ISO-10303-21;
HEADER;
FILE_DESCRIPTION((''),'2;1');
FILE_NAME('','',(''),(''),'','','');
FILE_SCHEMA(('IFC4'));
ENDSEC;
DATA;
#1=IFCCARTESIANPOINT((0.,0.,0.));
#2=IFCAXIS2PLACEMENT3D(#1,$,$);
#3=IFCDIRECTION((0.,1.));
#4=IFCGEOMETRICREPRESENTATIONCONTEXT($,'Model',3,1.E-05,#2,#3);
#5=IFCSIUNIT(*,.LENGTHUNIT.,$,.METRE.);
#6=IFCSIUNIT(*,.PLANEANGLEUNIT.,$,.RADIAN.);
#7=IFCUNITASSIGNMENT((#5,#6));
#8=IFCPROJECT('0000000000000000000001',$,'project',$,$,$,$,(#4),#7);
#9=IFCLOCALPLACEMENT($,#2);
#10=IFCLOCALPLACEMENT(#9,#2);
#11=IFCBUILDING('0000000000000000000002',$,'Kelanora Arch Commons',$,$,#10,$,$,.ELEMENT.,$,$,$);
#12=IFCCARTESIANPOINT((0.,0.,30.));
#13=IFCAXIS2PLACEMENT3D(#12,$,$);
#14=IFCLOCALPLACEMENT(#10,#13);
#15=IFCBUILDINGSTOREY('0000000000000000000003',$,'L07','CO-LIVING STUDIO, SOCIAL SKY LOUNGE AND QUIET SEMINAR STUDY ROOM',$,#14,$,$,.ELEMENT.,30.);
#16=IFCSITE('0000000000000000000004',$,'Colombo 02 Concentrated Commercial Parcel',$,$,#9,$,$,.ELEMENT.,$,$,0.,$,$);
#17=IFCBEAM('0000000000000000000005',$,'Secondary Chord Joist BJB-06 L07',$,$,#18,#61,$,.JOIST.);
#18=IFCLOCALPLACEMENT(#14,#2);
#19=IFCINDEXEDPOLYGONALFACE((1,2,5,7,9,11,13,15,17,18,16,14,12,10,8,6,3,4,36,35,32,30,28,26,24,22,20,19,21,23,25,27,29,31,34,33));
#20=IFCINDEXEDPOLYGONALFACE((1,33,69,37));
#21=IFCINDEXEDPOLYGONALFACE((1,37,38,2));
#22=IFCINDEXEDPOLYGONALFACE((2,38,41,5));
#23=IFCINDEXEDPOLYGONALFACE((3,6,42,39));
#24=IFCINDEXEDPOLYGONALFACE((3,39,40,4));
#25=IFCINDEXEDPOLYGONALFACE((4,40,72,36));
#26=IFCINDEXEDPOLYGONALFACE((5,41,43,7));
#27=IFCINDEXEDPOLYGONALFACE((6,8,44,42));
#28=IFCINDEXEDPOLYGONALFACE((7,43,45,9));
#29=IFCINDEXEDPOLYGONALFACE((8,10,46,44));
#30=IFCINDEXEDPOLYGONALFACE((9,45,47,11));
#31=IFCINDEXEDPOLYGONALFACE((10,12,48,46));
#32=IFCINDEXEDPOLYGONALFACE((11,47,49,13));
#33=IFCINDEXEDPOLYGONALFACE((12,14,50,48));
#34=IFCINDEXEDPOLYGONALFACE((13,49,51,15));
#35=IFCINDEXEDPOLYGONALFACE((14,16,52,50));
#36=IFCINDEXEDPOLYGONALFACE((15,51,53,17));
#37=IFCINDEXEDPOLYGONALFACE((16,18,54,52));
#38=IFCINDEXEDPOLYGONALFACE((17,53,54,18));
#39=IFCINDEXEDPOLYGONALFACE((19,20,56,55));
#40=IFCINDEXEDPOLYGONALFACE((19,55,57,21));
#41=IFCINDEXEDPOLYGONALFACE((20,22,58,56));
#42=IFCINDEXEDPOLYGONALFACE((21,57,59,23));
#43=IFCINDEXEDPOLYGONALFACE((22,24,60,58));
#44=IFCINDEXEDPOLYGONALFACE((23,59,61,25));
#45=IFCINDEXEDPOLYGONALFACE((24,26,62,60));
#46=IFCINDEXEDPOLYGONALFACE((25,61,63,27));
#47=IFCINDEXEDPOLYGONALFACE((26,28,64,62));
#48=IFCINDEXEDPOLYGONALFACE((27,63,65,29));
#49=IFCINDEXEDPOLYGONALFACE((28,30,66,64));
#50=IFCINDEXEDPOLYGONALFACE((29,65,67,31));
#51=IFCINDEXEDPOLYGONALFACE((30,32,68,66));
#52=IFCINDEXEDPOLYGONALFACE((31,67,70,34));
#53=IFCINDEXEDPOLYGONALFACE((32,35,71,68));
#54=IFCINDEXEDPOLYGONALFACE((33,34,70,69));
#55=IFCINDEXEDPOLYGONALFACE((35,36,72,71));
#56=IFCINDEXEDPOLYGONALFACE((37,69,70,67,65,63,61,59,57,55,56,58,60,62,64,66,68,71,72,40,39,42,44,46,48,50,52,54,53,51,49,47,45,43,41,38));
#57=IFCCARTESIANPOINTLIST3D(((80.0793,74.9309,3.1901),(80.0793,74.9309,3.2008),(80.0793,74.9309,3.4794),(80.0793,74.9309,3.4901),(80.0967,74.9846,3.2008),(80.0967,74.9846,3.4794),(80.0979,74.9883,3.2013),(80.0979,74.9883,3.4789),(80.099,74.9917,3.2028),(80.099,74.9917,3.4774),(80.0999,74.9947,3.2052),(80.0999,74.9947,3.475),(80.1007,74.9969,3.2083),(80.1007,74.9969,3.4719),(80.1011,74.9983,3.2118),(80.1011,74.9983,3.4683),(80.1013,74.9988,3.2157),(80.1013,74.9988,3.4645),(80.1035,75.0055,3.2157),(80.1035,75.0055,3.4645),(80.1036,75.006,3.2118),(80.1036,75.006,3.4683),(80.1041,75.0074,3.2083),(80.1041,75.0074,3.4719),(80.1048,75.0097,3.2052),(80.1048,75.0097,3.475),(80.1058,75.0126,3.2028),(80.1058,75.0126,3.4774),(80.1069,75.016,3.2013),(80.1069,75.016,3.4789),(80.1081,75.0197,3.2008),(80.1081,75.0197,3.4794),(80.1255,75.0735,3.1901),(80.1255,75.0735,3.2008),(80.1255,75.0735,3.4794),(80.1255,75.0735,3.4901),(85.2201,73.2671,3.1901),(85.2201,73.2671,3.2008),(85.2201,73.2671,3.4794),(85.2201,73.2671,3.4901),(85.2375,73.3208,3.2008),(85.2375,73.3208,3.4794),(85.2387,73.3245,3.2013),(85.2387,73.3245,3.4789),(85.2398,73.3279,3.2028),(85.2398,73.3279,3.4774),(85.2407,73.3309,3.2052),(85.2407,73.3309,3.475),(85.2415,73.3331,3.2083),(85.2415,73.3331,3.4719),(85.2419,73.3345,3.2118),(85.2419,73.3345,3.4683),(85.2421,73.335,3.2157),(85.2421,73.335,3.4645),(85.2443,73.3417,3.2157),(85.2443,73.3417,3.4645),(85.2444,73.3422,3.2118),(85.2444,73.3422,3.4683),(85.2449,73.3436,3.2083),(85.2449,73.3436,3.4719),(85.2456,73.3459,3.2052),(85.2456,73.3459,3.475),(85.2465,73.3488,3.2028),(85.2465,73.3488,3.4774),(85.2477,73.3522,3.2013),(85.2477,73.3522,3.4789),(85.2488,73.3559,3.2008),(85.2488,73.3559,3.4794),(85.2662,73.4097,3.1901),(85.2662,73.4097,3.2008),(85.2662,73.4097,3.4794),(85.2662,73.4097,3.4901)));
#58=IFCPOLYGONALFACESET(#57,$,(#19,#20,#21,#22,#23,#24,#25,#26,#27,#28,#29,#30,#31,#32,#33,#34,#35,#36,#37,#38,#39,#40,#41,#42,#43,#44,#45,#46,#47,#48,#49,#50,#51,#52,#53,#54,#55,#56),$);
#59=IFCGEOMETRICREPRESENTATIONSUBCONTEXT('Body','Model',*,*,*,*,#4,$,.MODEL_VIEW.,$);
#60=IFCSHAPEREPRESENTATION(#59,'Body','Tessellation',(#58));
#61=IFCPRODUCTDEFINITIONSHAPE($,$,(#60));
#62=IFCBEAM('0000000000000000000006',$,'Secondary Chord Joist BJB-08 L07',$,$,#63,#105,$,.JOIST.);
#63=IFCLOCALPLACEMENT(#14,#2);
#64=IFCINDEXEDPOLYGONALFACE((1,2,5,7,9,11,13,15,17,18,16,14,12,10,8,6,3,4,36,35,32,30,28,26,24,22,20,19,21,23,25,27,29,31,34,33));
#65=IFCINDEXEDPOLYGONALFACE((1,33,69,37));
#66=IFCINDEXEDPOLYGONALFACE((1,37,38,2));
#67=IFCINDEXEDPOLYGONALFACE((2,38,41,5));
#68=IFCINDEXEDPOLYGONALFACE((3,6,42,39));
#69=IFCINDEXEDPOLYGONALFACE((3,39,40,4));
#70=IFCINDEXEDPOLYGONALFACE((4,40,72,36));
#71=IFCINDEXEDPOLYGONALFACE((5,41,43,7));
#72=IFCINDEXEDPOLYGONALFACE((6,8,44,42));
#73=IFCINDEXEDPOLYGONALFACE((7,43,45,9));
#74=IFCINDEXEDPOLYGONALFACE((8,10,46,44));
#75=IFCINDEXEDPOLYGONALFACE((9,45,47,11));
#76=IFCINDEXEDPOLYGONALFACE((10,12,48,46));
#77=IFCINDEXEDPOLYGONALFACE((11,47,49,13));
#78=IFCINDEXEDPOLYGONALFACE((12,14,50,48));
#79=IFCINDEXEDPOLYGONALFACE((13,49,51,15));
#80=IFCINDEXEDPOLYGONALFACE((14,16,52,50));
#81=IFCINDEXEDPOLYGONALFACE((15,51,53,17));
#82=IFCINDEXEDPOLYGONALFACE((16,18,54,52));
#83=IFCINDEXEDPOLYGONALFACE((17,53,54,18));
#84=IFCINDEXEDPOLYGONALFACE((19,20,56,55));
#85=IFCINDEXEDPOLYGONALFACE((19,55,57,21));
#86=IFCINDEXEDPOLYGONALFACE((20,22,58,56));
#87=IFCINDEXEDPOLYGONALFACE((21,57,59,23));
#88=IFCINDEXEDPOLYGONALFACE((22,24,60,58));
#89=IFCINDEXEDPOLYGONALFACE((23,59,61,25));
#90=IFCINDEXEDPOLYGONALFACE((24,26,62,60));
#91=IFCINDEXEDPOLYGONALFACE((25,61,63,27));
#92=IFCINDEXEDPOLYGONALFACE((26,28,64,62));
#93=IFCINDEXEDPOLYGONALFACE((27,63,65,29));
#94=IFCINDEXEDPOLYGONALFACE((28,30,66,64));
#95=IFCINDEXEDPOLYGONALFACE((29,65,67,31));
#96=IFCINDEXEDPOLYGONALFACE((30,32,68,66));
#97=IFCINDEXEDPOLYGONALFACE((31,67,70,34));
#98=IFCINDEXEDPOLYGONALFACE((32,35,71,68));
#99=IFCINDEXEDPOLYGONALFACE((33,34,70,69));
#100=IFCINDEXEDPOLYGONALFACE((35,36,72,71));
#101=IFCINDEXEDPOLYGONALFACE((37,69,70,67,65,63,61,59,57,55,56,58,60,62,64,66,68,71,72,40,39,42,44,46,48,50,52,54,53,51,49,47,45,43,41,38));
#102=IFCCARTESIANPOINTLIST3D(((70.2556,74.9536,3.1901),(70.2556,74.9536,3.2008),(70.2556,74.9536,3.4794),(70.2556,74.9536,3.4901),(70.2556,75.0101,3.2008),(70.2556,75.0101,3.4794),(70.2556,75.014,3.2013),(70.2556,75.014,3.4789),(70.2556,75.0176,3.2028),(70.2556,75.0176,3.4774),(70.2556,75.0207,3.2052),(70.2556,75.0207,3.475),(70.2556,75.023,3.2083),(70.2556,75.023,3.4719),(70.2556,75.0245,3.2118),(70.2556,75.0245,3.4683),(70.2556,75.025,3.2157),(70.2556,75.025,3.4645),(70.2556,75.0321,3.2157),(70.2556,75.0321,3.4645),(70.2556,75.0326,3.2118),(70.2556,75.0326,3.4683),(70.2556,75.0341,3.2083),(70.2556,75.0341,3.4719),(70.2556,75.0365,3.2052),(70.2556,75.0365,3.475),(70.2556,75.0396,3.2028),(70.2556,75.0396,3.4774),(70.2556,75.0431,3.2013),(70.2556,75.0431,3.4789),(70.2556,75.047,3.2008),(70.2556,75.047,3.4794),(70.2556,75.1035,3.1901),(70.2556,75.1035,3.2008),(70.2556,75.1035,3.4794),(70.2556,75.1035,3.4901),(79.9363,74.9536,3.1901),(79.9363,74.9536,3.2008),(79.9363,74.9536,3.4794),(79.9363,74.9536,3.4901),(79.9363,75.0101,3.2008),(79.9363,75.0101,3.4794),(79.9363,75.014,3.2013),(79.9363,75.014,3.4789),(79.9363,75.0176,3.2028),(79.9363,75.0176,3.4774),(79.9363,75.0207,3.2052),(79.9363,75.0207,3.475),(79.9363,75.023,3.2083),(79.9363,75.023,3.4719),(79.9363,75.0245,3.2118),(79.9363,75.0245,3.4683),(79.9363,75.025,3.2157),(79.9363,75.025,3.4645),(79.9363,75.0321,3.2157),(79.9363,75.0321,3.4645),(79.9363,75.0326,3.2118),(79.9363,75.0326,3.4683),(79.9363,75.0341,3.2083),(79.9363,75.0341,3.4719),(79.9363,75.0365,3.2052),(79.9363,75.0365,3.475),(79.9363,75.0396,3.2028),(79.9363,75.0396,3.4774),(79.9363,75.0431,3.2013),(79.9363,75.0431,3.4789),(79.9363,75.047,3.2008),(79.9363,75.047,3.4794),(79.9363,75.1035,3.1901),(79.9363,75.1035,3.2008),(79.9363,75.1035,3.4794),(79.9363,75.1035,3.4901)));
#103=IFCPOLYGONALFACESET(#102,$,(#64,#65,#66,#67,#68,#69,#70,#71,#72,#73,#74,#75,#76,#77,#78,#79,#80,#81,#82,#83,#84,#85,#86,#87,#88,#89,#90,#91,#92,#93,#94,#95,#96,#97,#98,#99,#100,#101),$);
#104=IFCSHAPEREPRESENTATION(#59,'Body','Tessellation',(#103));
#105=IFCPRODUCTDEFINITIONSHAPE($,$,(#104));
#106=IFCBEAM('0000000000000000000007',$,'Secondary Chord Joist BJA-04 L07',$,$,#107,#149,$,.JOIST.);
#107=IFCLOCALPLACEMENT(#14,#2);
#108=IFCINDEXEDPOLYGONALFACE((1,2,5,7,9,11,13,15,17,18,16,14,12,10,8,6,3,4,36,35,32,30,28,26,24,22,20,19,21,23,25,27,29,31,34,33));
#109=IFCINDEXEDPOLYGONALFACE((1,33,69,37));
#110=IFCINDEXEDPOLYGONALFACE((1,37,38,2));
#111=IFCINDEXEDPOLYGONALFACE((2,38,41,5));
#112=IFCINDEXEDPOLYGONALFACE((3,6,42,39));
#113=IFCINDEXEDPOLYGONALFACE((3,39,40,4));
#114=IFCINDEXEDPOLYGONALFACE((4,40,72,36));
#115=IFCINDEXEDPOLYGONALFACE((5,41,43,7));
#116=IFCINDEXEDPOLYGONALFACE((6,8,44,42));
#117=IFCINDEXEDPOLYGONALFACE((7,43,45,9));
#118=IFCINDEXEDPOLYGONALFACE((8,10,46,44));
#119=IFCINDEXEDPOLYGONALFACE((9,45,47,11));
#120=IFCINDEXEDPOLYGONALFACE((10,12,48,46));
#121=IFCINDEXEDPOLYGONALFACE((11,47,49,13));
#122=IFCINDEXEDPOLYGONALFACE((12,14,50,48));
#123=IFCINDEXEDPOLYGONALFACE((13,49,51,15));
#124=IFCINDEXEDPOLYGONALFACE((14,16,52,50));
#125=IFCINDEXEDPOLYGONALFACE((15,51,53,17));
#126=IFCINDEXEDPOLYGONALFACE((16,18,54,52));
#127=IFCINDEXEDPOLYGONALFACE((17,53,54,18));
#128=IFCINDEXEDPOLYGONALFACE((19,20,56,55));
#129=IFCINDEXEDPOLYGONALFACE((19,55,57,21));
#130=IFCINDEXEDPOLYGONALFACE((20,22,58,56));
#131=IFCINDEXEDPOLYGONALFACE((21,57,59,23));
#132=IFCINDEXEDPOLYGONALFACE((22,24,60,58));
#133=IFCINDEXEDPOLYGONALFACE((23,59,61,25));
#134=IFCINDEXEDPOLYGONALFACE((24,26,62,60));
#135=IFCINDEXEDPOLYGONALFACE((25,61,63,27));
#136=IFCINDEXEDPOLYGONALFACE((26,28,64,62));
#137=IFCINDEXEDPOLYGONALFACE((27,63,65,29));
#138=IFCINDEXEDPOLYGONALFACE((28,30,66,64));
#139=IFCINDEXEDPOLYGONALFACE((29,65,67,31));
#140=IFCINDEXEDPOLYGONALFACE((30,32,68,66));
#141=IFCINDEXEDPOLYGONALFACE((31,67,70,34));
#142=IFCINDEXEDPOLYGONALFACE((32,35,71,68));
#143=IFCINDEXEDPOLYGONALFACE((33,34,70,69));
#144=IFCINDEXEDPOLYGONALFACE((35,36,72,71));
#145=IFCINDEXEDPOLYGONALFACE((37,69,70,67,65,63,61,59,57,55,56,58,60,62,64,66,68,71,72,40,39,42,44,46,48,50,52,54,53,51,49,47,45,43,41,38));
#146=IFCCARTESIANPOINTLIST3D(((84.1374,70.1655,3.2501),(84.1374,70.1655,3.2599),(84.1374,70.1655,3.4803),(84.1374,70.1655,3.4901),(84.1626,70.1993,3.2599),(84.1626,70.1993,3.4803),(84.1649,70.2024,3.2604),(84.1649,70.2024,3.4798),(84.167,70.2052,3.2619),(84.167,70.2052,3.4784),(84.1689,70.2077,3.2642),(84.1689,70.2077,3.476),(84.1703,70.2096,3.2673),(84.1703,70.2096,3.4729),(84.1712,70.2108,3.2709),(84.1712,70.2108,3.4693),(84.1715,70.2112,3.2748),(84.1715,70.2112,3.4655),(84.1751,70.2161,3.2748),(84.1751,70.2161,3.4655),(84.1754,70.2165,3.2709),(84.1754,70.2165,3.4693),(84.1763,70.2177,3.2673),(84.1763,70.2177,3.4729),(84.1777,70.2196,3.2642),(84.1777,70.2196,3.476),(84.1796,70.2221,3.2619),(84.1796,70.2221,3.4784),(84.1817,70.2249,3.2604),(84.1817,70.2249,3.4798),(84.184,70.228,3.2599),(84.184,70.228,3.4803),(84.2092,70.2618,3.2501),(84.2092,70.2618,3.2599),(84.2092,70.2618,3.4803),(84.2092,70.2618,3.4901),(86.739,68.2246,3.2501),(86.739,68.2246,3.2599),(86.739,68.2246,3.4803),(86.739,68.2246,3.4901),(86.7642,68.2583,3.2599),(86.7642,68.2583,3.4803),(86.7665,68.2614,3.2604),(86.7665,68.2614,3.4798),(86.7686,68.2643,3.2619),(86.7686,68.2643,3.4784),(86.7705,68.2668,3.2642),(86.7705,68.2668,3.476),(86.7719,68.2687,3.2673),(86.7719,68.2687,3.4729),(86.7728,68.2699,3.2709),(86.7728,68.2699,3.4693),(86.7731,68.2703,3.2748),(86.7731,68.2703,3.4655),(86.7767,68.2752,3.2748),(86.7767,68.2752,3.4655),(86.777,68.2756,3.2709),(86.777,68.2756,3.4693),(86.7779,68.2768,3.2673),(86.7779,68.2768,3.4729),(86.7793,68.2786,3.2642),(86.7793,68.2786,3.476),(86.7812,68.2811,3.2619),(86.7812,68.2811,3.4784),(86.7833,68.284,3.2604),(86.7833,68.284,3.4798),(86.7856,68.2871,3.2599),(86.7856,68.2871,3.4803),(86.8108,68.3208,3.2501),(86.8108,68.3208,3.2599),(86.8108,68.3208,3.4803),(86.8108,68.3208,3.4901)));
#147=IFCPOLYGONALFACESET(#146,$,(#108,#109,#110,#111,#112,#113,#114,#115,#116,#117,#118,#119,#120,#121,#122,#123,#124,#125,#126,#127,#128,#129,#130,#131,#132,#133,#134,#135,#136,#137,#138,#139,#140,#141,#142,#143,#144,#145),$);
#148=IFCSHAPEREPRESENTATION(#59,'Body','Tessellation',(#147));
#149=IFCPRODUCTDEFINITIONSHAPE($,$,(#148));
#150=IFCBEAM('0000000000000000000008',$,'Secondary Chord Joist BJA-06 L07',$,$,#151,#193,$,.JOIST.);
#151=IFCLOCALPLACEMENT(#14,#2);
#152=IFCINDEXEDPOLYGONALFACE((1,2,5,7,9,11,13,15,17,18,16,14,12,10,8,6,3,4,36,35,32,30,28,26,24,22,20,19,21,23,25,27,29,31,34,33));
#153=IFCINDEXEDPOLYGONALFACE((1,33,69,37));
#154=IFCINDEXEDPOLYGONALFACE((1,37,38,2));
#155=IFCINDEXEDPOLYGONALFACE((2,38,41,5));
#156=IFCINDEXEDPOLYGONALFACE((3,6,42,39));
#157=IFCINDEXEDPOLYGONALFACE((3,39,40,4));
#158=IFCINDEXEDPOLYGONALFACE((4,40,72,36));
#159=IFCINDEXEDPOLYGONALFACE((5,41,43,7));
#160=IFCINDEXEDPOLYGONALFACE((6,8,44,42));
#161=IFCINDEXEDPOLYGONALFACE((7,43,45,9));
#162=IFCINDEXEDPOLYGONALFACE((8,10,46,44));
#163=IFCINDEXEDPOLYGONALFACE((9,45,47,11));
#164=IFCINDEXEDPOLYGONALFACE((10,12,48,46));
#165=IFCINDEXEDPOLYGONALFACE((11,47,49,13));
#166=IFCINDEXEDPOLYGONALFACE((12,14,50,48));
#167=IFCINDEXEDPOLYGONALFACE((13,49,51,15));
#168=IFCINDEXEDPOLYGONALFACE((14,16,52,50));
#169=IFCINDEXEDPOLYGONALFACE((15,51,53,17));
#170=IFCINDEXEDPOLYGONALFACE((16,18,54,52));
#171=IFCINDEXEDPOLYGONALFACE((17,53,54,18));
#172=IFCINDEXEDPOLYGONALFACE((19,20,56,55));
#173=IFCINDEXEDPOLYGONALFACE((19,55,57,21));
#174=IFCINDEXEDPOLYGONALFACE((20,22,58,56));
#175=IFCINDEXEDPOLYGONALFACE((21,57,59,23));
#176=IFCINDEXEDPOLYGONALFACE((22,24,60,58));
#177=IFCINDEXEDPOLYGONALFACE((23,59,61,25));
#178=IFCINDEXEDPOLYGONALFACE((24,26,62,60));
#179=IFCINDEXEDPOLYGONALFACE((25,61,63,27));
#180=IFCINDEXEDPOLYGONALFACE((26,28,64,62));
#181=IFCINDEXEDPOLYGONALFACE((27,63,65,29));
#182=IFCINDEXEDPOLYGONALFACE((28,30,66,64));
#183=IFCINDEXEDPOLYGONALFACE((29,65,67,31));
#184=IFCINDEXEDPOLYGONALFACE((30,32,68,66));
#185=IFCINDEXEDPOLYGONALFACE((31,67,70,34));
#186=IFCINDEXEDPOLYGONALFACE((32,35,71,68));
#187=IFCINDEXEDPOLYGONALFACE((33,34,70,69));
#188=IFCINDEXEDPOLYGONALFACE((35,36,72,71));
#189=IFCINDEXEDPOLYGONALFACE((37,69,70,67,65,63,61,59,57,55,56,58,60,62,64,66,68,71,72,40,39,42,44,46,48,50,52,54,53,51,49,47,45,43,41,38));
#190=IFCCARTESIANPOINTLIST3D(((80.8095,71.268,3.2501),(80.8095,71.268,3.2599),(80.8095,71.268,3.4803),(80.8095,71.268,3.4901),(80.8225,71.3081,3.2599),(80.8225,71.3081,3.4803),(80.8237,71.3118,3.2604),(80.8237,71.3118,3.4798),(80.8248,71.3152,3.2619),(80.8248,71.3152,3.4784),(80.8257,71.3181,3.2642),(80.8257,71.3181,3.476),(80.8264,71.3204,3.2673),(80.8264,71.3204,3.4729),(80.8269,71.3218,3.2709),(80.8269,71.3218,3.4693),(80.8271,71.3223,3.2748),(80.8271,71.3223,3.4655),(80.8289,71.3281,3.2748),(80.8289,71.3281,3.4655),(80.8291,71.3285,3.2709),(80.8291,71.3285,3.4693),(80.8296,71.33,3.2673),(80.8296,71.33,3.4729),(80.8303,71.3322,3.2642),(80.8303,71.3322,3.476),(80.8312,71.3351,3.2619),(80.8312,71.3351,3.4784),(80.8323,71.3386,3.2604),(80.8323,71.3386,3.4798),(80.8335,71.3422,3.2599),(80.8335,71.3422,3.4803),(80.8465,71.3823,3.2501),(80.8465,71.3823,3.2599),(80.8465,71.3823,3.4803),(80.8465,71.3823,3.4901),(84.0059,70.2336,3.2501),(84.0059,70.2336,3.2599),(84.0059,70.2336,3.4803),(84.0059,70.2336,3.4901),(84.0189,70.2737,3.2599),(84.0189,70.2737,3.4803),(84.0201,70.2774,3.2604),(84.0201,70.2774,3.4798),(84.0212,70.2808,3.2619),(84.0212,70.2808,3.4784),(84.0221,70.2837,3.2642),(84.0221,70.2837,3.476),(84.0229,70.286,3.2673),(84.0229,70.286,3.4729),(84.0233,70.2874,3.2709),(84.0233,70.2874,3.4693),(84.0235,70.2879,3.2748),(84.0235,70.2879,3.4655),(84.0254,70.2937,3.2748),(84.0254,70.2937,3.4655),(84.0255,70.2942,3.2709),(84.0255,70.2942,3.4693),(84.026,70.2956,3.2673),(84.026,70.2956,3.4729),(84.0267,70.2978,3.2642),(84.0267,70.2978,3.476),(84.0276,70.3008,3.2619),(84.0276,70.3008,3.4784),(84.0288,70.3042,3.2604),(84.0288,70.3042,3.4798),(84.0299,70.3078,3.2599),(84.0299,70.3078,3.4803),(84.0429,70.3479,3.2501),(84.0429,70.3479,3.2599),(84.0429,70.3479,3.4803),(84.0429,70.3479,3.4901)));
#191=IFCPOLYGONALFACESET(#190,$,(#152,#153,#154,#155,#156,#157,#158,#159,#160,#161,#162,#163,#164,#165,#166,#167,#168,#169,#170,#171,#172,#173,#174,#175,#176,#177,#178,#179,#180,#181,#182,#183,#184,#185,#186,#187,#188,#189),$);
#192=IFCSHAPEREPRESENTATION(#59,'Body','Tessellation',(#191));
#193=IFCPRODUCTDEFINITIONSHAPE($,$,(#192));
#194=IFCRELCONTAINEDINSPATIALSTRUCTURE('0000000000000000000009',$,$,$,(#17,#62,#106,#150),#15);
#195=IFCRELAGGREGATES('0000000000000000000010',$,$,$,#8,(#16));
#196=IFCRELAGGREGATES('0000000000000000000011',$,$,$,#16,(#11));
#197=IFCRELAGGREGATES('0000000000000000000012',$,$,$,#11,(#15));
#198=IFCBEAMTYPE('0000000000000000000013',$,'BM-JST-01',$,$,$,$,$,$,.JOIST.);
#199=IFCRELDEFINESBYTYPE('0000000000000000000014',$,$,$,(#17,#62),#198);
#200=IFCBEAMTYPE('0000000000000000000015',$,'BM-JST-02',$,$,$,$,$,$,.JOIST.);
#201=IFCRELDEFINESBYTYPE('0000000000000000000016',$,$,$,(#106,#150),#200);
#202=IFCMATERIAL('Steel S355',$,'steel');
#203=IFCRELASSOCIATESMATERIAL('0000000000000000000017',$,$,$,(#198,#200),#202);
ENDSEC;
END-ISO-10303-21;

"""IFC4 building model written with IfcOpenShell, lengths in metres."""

from ifc_helpers import new_model, si_unit, direction, frame, origin, origin_2d, place, context, subcontext, project, spatial, i_section, extrude, material, material_profile, profile_set, type_object, element, save


model = new_model("IFC4")

# Units and contexts
model_context = context("Model", 3, precision=1e-05, world=origin(), true_north=direction((0.0, 1.0)))
body_context = subcontext(model_context, "Body", "Model", "MODEL_VIEW")
ifc_project = project(units=[si_unit("LENGTHUNIT", "METRE"), si_unit("PLANEANGLEUNIT", "RADIAN")], contexts=[model_context])

# Site, building, storey
site_placement = place(None, origin())
site = spatial("IfcSite", under=ifc_project, at=site_placement, Name="Colombo 02 Concentrated Commercial Parcel", CompositionType="ELEMENT", RefElevation=0.0)
building_placement = place(site_placement, origin())
building = spatial("IfcBuilding", under=site, at=building_placement, Name="Kelanora Arch Commons", CompositionType="ELEMENT")
storey_placement = place(building_placement, frame((0.0, 0.0, 30.0)))
storey = spatial("IfcBuildingStorey", under=building, at=storey_placement, Name="L07", Description="CO-LIVING STUDIO, SOCIAL SKY LOUNGE AND QUIET SEMINAR STUDY ROOM", CompositionType="ELEMENT", Elevation=30.0)

# Beams
ifc_material_1 = material(Name="Steel S355", Category="steel")
ifc_material_profile_1 = material_profile(ifc_material_1, i_section(OverallWidth=0.1499, OverallDepth=0.3, WebThickness=0.0071, FlangeThickness=0.0107, FilletRadius=0.0149, at=origin_2d()), Name="IPE300")
ifc_profile_set_1 = profile_set([ifc_material_profile_1], Name="Steel S355")
beam_type_1 = type_object("IfcBeamType", Name="BM-JST-01", PredefinedType="JOIST", material=ifc_profile_set_1)
beam_1_placement = place(storey_placement, frame((85.2432, 73.3384, 3.3401), z_axis=(-0.951412, 0.30792, 0.0), x_axis=(-0.30792, -0.951412, 0.0)))
element("IfcBeam", 1, at=beam_1_placement, inside=storey, type_object=beam_type_1, Name="Secondary Chord Joist BJB-06 L07", PredefinedType="JOIST", context=body_context, shape_type="SweptSolid", body=[
    extrude(i_section(OverallWidth=0.1499, OverallDepth=0.3, WebThickness=0.0071, FlangeThickness=0.0107, FilletRadius=0.0149, at=origin_2d()), origin(), (0.0, 0.0, 1.0), 5.4033),
])
beam_2_placement = place(storey_placement, frame((79.9363, 75.0286, 3.3401), z_axis=(-1.0, 0.0, 0.0), x_axis=(0.0, -1.0, 0.0)))
element("IfcBeam", 2, at=beam_2_placement, inside=storey, type_object=beam_type_1, Name="Secondary Chord Joist BJB-08 L07", PredefinedType="JOIST", context=body_context, shape_type="SweptSolid", body=[
    extrude(i_section(OverallWidth=0.1499, OverallDepth=0.3, WebThickness=0.0071, FlangeThickness=0.0107, FilletRadius=0.0149, at=origin_2d()), origin(), (0.0, 0.0, 1.0), 9.6807),
])
ifc_material_profile_2 = material_profile(ifc_material_1, i_section(OverallWidth=0.1201, OverallDepth=0.24, WebThickness=0.0061, FlangeThickness=0.0098, FilletRadius=0.0149, at=origin_2d()), Name="IPE240")
ifc_profile_set_2 = profile_set([ifc_material_profile_2], Name="Steel S355")
beam_type_2 = type_object("IfcBeamType", Name="BM-JST-02", PredefinedType="JOIST", material=ifc_profile_set_2)
beam_3_placement = place(storey_placement, frame((86.7749, 68.2727, 3.3701), z_axis=(-0.801514, 0.597976, 0.0), x_axis=(-0.597976, -0.801514, 0.0)))
element("IfcBeam", 3, at=beam_3_placement, inside=storey, type_object=beam_type_2, Name="Secondary Chord Joist BJA-04 L07", PredefinedType="JOIST", context=body_context, shape_type="SweptSolid", body=[
    extrude(i_section(OverallWidth=0.1201, OverallDepth=0.24, WebThickness=0.0061, FlangeThickness=0.0098, FilletRadius=0.0149, at=origin_2d()), origin(), (0.0, 0.0, 1.0), 3.2458),
])
beam_4_placement = place(storey_placement, frame((84.0244, 70.2908, 3.3701), z_axis=(-0.951423, 0.307888, 0.0), x_axis=(-0.307888, -0.951423, 0.0)))
element("IfcBeam", 4, at=beam_4_placement, inside=storey, type_object=beam_type_2, Name="Secondary Chord Joist BJA-06 L07", PredefinedType="JOIST", context=body_context, shape_type="SweptSolid", body=[
    extrude(i_section(OverallWidth=0.1201, OverallDepth=0.24, WebThickness=0.0061, FlangeThickness=0.0098, FilletRadius=0.0149, at=origin_2d()), origin(), (0.0, 0.0, 1.0), 3.3596),
])

save(model, "model.ifc")
